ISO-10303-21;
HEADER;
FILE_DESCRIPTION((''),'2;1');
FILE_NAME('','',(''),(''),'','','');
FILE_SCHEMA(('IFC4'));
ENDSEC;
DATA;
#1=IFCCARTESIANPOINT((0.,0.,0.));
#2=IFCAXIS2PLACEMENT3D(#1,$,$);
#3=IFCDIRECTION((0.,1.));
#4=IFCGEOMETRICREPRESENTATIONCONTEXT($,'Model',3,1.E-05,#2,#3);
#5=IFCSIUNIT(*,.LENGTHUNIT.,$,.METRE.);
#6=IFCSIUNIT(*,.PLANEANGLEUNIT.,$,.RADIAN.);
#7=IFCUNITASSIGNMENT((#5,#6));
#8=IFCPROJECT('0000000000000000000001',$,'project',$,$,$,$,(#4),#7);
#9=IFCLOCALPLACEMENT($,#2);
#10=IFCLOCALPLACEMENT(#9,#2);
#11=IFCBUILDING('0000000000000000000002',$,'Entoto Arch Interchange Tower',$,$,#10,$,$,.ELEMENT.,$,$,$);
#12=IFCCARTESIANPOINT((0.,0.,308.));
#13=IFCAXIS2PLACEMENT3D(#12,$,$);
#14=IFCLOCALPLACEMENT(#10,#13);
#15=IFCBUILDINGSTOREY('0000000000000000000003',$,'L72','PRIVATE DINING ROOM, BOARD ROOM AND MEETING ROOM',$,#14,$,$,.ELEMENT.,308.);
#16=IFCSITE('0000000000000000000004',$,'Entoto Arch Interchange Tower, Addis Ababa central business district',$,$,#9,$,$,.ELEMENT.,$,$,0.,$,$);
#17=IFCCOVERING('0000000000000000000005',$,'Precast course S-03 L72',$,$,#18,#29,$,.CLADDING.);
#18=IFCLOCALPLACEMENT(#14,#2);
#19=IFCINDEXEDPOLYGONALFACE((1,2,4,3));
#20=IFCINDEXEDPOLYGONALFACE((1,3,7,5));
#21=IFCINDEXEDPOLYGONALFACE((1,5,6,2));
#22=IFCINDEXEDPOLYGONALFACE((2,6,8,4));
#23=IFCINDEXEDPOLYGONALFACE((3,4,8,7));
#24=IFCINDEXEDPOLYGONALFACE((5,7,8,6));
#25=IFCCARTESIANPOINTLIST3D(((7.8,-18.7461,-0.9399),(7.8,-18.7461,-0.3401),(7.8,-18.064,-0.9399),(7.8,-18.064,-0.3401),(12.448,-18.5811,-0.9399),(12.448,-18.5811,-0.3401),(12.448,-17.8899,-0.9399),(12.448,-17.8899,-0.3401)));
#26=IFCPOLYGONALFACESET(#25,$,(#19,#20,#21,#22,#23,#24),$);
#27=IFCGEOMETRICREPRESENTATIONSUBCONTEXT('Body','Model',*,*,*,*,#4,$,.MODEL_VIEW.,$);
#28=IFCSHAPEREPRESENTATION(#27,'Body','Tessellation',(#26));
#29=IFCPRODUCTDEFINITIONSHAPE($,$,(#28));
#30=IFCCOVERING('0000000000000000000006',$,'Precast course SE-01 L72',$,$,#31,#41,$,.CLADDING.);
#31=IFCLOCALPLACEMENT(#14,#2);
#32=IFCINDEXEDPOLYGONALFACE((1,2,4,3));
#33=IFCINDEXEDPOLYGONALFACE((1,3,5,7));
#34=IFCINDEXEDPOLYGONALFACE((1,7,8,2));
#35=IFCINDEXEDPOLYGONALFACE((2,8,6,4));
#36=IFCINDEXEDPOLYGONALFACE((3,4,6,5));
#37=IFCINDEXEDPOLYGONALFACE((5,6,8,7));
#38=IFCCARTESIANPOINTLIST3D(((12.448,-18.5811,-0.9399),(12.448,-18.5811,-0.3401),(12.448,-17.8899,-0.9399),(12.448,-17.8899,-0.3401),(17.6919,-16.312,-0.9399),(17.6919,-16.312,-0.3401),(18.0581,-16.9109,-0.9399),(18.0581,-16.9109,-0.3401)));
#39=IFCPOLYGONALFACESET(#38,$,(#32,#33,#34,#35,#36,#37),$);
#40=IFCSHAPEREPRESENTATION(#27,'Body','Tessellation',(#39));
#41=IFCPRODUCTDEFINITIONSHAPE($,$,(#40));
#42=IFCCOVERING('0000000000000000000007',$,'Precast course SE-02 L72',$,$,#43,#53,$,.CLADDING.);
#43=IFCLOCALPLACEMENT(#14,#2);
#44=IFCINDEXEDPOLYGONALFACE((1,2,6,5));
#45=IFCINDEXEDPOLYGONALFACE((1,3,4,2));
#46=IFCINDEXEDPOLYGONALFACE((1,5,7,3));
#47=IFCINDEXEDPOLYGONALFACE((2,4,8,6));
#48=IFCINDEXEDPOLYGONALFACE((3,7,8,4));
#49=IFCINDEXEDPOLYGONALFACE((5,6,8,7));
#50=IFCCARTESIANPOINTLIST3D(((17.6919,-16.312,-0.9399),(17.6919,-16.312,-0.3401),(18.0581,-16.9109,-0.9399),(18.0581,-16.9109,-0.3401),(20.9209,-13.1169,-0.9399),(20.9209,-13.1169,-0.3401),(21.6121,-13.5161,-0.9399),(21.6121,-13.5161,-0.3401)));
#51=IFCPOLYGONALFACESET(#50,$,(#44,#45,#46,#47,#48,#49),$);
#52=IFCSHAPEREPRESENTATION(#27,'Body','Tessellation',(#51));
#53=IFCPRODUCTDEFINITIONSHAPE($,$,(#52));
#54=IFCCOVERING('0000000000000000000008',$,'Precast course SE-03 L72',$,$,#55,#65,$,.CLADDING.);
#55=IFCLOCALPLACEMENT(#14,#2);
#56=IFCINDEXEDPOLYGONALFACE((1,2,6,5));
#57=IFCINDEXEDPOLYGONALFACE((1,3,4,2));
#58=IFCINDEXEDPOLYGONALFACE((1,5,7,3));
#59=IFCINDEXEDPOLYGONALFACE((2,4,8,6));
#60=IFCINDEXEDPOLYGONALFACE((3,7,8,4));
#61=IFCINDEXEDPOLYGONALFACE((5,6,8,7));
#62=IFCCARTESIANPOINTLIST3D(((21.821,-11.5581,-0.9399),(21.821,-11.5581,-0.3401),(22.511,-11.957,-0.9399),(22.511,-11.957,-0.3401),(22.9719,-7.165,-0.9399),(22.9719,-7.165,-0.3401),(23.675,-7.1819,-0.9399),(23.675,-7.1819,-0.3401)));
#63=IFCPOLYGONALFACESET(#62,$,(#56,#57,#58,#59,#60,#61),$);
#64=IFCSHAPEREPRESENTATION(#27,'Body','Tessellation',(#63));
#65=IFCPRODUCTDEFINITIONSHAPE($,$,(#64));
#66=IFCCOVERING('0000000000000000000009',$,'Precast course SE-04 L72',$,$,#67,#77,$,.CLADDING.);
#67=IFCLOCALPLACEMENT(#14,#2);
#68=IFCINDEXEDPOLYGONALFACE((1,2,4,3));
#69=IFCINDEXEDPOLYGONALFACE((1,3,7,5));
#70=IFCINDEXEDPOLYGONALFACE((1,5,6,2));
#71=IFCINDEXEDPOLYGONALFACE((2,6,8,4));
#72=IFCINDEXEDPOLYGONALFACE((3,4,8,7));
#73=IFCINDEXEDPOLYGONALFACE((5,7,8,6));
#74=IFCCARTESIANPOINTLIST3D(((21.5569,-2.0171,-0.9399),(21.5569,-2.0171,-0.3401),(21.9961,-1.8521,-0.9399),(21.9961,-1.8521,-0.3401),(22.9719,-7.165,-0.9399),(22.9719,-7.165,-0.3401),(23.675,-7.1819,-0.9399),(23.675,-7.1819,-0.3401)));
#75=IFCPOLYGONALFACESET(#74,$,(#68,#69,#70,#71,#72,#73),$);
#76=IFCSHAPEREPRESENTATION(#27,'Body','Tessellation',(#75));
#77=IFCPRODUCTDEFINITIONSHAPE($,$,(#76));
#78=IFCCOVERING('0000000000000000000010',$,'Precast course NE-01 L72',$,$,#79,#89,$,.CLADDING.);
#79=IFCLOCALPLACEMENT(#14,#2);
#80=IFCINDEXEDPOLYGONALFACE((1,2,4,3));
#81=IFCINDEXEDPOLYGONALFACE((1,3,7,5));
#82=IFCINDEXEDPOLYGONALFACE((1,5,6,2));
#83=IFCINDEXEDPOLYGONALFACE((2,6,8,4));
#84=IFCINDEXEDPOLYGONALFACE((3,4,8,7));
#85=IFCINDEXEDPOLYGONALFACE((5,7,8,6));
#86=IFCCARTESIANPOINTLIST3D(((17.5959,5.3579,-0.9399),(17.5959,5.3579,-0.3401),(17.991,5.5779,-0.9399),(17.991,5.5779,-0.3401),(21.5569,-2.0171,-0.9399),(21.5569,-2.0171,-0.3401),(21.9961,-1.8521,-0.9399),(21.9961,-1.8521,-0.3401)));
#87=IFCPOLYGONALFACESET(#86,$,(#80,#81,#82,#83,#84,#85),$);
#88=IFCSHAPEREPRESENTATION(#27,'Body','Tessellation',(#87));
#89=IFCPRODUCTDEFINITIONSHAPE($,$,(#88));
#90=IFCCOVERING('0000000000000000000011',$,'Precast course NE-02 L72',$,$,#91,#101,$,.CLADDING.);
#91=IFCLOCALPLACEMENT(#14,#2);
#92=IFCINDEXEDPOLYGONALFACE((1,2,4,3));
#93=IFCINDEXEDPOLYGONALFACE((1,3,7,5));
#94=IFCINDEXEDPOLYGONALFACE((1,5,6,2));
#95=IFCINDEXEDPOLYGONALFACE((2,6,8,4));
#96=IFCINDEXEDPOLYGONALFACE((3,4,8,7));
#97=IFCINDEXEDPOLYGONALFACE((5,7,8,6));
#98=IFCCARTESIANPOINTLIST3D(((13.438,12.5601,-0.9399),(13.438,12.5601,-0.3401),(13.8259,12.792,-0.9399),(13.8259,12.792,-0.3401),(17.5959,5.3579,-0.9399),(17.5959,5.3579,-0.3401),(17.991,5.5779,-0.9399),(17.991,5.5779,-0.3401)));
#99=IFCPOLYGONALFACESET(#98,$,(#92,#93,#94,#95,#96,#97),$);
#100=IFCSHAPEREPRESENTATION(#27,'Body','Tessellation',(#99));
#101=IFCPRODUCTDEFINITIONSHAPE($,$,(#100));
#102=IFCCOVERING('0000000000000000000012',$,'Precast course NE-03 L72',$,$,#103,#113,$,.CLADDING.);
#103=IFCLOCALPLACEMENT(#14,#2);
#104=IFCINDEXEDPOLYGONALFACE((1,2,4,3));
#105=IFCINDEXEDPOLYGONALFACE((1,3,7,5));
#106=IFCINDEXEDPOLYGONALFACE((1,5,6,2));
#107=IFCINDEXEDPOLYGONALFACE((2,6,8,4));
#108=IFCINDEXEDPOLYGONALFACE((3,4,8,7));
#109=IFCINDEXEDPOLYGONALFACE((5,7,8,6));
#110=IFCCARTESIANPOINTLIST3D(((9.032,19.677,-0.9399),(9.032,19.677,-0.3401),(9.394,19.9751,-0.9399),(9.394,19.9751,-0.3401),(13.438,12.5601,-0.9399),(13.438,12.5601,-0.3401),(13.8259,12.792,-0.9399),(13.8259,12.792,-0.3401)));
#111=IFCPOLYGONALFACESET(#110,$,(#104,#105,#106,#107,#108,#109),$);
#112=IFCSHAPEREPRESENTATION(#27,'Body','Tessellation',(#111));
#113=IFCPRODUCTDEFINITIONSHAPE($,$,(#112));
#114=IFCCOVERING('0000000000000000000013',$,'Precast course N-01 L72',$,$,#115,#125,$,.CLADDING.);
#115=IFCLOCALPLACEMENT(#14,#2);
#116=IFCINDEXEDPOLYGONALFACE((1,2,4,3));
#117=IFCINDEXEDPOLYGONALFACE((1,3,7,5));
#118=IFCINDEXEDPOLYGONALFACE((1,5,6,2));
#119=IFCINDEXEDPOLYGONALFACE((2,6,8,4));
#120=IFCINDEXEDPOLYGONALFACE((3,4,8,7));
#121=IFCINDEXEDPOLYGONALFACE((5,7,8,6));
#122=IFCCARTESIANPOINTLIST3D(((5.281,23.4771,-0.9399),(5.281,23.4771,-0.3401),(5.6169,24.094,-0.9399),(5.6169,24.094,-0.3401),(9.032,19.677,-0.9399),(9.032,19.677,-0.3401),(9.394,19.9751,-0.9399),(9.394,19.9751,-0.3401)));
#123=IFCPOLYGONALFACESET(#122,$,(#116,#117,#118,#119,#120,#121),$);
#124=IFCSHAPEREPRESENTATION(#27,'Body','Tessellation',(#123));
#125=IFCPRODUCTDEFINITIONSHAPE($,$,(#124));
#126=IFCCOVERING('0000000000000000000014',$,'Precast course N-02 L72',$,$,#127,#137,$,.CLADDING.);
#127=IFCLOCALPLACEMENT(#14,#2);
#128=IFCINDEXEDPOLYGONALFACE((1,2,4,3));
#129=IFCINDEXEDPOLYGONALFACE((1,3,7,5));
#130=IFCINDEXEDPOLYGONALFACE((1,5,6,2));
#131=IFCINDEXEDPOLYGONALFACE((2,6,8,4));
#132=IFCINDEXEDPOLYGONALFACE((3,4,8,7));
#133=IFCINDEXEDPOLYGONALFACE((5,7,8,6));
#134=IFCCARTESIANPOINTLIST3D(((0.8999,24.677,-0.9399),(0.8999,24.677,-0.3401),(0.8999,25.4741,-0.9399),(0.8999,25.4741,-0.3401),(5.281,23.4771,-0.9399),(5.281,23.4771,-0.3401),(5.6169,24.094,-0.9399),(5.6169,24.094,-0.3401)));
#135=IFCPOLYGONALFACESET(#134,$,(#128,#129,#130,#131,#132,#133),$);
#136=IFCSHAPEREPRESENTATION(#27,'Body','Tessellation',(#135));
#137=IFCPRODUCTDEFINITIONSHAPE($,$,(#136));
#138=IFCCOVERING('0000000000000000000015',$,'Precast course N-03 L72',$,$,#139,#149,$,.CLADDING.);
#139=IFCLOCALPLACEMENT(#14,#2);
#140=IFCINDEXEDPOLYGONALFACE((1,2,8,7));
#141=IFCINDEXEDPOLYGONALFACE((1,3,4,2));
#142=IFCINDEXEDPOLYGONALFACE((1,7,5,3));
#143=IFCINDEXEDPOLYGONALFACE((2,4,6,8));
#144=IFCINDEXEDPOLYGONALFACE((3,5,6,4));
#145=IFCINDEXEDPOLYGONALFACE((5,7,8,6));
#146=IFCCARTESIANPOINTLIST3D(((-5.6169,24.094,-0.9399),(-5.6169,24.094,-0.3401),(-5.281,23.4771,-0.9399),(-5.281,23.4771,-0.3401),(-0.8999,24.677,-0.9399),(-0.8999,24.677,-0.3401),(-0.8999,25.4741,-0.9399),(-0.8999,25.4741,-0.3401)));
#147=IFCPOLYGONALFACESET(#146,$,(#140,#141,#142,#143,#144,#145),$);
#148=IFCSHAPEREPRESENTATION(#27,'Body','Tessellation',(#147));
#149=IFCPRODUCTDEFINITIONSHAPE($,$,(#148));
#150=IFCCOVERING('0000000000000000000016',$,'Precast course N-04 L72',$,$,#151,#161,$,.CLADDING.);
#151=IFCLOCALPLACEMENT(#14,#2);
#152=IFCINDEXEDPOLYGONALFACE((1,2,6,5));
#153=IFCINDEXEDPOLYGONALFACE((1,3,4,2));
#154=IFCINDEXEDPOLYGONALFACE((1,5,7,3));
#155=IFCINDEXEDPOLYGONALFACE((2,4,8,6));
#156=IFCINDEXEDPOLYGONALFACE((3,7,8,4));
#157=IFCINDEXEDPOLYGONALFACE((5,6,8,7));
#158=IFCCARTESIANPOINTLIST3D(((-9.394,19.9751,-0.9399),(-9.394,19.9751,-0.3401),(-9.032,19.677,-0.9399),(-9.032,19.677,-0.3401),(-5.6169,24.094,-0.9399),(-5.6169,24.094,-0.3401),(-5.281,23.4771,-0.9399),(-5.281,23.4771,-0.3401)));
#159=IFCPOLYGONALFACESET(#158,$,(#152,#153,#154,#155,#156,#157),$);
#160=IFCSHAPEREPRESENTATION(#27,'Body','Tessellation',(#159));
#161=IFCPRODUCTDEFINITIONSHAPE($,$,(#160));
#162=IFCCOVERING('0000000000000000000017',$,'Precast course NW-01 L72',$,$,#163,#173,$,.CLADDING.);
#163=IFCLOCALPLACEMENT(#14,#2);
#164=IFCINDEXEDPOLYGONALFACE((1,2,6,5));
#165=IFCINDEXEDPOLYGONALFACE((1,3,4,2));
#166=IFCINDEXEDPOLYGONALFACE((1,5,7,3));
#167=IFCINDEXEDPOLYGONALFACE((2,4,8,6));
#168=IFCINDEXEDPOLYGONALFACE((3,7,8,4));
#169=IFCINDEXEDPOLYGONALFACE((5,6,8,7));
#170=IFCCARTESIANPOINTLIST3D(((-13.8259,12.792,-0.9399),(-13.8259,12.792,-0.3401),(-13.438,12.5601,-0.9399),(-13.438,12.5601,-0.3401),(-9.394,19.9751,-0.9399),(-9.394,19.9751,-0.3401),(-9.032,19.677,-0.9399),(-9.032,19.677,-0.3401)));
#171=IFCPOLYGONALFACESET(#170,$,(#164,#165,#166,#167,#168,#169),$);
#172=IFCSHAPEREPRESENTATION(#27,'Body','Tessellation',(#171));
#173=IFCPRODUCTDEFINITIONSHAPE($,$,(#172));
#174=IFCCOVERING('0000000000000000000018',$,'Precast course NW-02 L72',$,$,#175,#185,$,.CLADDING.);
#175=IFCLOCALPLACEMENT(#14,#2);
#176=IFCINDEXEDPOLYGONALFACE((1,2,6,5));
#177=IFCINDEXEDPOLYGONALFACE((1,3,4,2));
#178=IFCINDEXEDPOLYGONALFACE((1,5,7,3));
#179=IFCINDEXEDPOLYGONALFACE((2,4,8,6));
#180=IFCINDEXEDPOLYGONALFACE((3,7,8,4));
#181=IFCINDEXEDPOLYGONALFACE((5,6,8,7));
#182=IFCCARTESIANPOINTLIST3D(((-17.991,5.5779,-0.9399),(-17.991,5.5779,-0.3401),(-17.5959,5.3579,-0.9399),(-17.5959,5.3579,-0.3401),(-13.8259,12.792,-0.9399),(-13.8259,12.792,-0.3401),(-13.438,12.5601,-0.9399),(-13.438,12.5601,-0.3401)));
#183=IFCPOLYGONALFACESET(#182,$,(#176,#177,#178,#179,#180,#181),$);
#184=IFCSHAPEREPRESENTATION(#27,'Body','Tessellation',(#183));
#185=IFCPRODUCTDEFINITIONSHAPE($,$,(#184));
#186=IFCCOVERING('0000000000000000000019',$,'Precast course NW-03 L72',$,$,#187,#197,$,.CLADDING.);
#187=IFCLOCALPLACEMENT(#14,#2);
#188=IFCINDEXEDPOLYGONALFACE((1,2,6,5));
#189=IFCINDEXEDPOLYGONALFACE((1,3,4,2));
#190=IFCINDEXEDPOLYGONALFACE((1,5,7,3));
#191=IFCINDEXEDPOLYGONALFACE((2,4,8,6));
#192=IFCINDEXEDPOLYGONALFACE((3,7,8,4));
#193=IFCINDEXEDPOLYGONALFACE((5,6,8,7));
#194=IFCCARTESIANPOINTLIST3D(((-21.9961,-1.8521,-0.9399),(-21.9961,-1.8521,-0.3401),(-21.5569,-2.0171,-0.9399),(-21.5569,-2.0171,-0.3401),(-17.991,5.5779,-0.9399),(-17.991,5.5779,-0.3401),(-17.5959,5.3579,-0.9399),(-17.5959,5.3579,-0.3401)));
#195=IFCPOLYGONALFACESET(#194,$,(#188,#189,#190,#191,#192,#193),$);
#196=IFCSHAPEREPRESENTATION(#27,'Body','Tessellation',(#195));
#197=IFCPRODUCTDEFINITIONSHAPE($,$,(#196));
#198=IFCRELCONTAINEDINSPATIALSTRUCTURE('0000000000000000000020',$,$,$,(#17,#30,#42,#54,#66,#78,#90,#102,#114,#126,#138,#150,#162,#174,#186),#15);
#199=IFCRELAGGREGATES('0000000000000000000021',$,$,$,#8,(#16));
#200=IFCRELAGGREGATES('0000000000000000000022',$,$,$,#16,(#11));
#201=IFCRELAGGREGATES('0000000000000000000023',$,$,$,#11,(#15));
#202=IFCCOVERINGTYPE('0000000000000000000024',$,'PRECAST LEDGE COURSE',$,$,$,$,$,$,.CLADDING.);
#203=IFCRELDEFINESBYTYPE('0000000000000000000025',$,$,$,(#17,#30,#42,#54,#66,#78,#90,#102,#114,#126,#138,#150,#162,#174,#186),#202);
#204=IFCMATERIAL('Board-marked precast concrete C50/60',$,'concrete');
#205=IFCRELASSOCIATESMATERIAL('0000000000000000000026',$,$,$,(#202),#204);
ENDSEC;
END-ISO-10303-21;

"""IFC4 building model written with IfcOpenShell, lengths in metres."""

from ifc_helpers import new_model, si_unit, direction, frame, origin, place, context, subcontext, project, spatial, polyline, outline, extrude, material, type_object, element, save


model = new_model("IFC4")

# Units and contexts
model_context = context("Model", 3, precision=1e-05, world=origin(), true_north=direction((0.0, 1.0)))
body_context = subcontext(model_context, "Body", "Model", "MODEL_VIEW")
ifc_project = project(units=[si_unit("LENGTHUNIT", "METRE"), si_unit("PLANEANGLEUNIT", "RADIAN")], contexts=[model_context])

# Site, building, storey
site_placement = place(None, origin())
site = spatial("IfcSite", under=ifc_project, at=site_placement, Name="Entoto Arch Interchange Tower, Addis Ababa central business district", CompositionType="ELEMENT", RefElevation=0.0)
building_placement = place(site_placement, origin())
building = spatial("IfcBuilding", under=site, at=building_placement, Name="Entoto Arch Interchange Tower", CompositionType="ELEMENT")
storey_placement = place(building_placement, frame((0.0, 0.0, 308.0)))
storey = spatial("IfcBuildingStorey", under=building, at=storey_placement, Name="L72", Description="PRIVATE DINING ROOM, BOARD ROOM AND MEETING ROOM", CompositionType="ELEMENT", Elevation=308.0)

# Coverings
ifc_material = material(Name="Board-marked precast concrete C50/60", Category="concrete")
covering_type = type_object("IfcCoveringType", Name="PRECAST LEDGE COURSE", PredefinedType="CLADDING", material=ifc_material)
covering_1_placement = place(storey_placement, frame((0.0, 0.0, -0.9399)))
element("IfcCovering", 1, at=covering_1_placement, inside=storey, type_object=covering_type, Name="Precast course S-03 L72", PredefinedType="CLADDING", context=body_context, shape_type="SweptSolid", body=[
    extrude(outline(polyline([(12.448, -17.8899), (12.448, -18.5811), (7.8, -18.7461), (7.8, -18.064), (12.448, -17.8899)])), origin(), (0.0, 0.0, 1.0), 0.5999),
])
covering_2_placement = place(storey_placement, frame((0.0, 0.0, -0.9399)))
element("IfcCovering", 2, at=covering_2_placement, inside=storey, type_object=covering_type, Name="Precast course SE-01 L72", PredefinedType="CLADDING", context=body_context, shape_type="SweptSolid", body=[
    extrude(outline(polyline([(17.6919, -16.312), (18.0581, -16.9109), (12.448, -18.5811), (12.448, -17.8899), (17.6919, -16.312)])), origin(), (0.0, 0.0, 1.0), 0.5999),
])
covering_3_placement = place(storey_placement, frame((0.0, 0.0, -0.9399)))
element("IfcCovering", 3, at=covering_3_placement, inside=storey, type_object=covering_type, Name="Precast course SE-02 L72", PredefinedType="CLADDING", context=body_context, shape_type="SweptSolid", body=[
    extrude(outline(polyline([(20.9209, -13.1169), (21.6121, -13.5161), (18.0581, -16.9109), (17.6919, -16.312), (20.9209, -13.1169)])), origin(), (0.0, 0.0, 1.0), 0.5999),
])
covering_4_placement = place(storey_placement, frame((0.0, 0.0, -0.9399)))
element("IfcCovering", 4, at=covering_4_placement, inside=storey, type_object=covering_type, Name="Precast course SE-03 L72", PredefinedType="CLADDING", context=body_context, shape_type="SweptSolid", body=[
    extrude(outline(polyline([(22.9719, -7.165), (23.675, -7.1819), (22.511, -11.957), (21.821, -11.5581), (22.9719, -7.165)])), origin(), (0.0, 0.0, 1.0), 0.5999),
])
covering_5_placement = place(storey_placement, frame((0.0, 0.0, -0.9399)))
element("IfcCovering", 5, at=covering_5_placement, inside=storey, type_object=covering_type, Name="Precast course SE-04 L72", PredefinedType="CLADDING", context=body_context, shape_type="SweptSolid", body=[
    extrude(outline(polyline([(21.5569, -2.0171), (21.9961, -1.8521), (23.675, -7.1819), (22.9719, -7.165), (21.5569, -2.0171)])), origin(), (0.0, 0.0, 1.0), 0.5999),
])
covering_6_placement = place(storey_placement, frame((0.0, 0.0, -0.9399)))
element("IfcCovering", 6, at=covering_6_placement, inside=storey, type_object=covering_type, Name="Precast course NE-01 L72", PredefinedType="CLADDING", context=body_context, shape_type="SweptSolid", body=[
    extrude(outline(polyline([(17.5959, 5.3579), (17.991, 5.5779), (21.9961, -1.8521), (21.5569, -2.0171), (17.5959, 5.3579)])), origin(), (0.0, 0.0, 1.0), 0.5999),
])
covering_7_placement = place(storey_placement, frame((0.0, 0.0, -0.9399)))
element("IfcCovering", 7, at=covering_7_placement, inside=storey, type_object=covering_type, Name="Precast course NE-02 L72", PredefinedType="CLADDING", context=body_context, shape_type="SweptSolid", body=[
    extrude(outline(polyline([(13.438, 12.5601), (13.8259, 12.792), (17.991, 5.5779), (17.5959, 5.3579), (13.438, 12.5601)])), origin(), (0.0, 0.0, 1.0), 0.5999),
])
covering_8_placement = place(storey_placement, frame((0.0, 0.0, -0.9399)))
element("IfcCovering", 8, at=covering_8_placement, inside=storey, type_object=covering_type, Name="Precast course NE-03 L72", PredefinedType="CLADDING", context=body_context, shape_type="SweptSolid", body=[
    extrude(outline(polyline([(9.032, 19.677), (9.394, 19.9751), (13.8259, 12.792), (13.438, 12.5601), (9.032, 19.677)])), origin(), (0.0, 0.0, 1.0), 0.5999),
])
covering_9_placement = place(storey_placement, frame((0.0, 0.0, -0.9399)))
element("IfcCovering", 9, at=covering_9_placement, inside=storey, type_object=covering_type, Name="Precast course N-01 L72", PredefinedType="CLADDING", context=body_context, shape_type="SweptSolid", body=[
    extrude(outline(polyline([(5.281, 23.4771), (5.6169, 24.094), (9.394, 19.9751), (9.032, 19.677), (5.281, 23.4771)])), origin(), (0.0, 0.0, 1.0), 0.5999),
])
covering_10_placement = place(storey_placement, frame((0.0, 0.0, -0.9399)))
element("IfcCovering", 10, at=covering_10_placement, inside=storey, type_object=covering_type, Name="Precast course N-02 L72", PredefinedType="CLADDING", context=body_context, shape_type="SweptSolid", body=[
    extrude(outline(polyline([(0.8999, 24.677), (0.8999, 25.4741), (5.6169, 24.094), (5.281, 23.4771), (0.8999, 24.677)])), origin(), (0.0, 0.0, 1.0), 0.5999),
])
covering_11_placement = place(storey_placement, frame((0.0, 0.0, -0.9399)))
element("IfcCovering", 11, at=covering_11_placement, inside=storey, type_object=covering_type, Name="Precast course N-03 L72", PredefinedType="CLADDING", context=body_context, shape_type="SweptSolid", body=[
    extrude(outline(polyline([(-5.281, 23.4771), (-5.6169, 24.094), (-0.8999, 25.4741), (-0.8999, 24.677), (-5.281, 23.4771)])), origin(), (0.0, 0.0, 1.0), 0.5999),
])
covering_12_placement = place(storey_placement, frame((0.0, 0.0, -0.9399)))
element("IfcCovering", 12, at=covering_12_placement, inside=storey, type_object=covering_type, Name="Precast course N-04 L72", PredefinedType="CLADDING", context=body_context, shape_type="SweptSolid", body=[
    extrude(outline(polyline([(-9.032, 19.677), (-9.394, 19.9751), (-5.6169, 24.094), (-5.281, 23.4771), (-9.032, 19.677)])), origin(), (0.0, 0.0, 1.0), 0.5999),
])
covering_13_placement = place(storey_placement, frame((0.0, 0.0, -0.9399)))
element("IfcCovering", 13, at=covering_13_placement, inside=storey, type_object=covering_type, Name="Precast course NW-01 L72", PredefinedType="CLADDING", context=body_context, shape_type="SweptSolid", body=[
    extrude(outline(polyline([(-13.438, 12.5601), (-13.8259, 12.792), (-9.394, 19.9751), (-9.032, 19.677), (-13.438, 12.5601)])), origin(), (0.0, 0.0, 1.0), 0.5999),
])
covering_14_placement = place(storey_placement, frame((0.0, 0.0, -0.9399)))
element("IfcCovering", 14, at=covering_14_placement, inside=storey, type_object=covering_type, Name="Precast course NW-02 L72", PredefinedType="CLADDING", context=body_context, shape_type="SweptSolid", body=[
    extrude(outline(polyline([(-17.5959, 5.3579), (-17.991, 5.5779), (-13.8259, 12.792), (-13.438, 12.5601), (-17.5959, 5.3579)])), origin(), (0.0, 0.0, 1.0), 0.5999),
])
covering_15_placement = place(storey_placement, frame((0.0, 0.0, -0.9399)))
element("IfcCovering", 15, at=covering_15_placement, inside=storey, type_object=covering_type, Name="Precast course NW-03 L72", PredefinedType="CLADDING", context=body_context, shape_type="SweptSolid", body=[
    extrude(outline(polyline([(-21.5569, -2.0171), (-21.9961, -1.8521), (-17.991, 5.5779), (-17.5959, 5.3579), (-21.5569, -2.0171)])), origin(), (0.0, 0.0, 1.0), 0.5999),
])

save(model, "model.ifc")
